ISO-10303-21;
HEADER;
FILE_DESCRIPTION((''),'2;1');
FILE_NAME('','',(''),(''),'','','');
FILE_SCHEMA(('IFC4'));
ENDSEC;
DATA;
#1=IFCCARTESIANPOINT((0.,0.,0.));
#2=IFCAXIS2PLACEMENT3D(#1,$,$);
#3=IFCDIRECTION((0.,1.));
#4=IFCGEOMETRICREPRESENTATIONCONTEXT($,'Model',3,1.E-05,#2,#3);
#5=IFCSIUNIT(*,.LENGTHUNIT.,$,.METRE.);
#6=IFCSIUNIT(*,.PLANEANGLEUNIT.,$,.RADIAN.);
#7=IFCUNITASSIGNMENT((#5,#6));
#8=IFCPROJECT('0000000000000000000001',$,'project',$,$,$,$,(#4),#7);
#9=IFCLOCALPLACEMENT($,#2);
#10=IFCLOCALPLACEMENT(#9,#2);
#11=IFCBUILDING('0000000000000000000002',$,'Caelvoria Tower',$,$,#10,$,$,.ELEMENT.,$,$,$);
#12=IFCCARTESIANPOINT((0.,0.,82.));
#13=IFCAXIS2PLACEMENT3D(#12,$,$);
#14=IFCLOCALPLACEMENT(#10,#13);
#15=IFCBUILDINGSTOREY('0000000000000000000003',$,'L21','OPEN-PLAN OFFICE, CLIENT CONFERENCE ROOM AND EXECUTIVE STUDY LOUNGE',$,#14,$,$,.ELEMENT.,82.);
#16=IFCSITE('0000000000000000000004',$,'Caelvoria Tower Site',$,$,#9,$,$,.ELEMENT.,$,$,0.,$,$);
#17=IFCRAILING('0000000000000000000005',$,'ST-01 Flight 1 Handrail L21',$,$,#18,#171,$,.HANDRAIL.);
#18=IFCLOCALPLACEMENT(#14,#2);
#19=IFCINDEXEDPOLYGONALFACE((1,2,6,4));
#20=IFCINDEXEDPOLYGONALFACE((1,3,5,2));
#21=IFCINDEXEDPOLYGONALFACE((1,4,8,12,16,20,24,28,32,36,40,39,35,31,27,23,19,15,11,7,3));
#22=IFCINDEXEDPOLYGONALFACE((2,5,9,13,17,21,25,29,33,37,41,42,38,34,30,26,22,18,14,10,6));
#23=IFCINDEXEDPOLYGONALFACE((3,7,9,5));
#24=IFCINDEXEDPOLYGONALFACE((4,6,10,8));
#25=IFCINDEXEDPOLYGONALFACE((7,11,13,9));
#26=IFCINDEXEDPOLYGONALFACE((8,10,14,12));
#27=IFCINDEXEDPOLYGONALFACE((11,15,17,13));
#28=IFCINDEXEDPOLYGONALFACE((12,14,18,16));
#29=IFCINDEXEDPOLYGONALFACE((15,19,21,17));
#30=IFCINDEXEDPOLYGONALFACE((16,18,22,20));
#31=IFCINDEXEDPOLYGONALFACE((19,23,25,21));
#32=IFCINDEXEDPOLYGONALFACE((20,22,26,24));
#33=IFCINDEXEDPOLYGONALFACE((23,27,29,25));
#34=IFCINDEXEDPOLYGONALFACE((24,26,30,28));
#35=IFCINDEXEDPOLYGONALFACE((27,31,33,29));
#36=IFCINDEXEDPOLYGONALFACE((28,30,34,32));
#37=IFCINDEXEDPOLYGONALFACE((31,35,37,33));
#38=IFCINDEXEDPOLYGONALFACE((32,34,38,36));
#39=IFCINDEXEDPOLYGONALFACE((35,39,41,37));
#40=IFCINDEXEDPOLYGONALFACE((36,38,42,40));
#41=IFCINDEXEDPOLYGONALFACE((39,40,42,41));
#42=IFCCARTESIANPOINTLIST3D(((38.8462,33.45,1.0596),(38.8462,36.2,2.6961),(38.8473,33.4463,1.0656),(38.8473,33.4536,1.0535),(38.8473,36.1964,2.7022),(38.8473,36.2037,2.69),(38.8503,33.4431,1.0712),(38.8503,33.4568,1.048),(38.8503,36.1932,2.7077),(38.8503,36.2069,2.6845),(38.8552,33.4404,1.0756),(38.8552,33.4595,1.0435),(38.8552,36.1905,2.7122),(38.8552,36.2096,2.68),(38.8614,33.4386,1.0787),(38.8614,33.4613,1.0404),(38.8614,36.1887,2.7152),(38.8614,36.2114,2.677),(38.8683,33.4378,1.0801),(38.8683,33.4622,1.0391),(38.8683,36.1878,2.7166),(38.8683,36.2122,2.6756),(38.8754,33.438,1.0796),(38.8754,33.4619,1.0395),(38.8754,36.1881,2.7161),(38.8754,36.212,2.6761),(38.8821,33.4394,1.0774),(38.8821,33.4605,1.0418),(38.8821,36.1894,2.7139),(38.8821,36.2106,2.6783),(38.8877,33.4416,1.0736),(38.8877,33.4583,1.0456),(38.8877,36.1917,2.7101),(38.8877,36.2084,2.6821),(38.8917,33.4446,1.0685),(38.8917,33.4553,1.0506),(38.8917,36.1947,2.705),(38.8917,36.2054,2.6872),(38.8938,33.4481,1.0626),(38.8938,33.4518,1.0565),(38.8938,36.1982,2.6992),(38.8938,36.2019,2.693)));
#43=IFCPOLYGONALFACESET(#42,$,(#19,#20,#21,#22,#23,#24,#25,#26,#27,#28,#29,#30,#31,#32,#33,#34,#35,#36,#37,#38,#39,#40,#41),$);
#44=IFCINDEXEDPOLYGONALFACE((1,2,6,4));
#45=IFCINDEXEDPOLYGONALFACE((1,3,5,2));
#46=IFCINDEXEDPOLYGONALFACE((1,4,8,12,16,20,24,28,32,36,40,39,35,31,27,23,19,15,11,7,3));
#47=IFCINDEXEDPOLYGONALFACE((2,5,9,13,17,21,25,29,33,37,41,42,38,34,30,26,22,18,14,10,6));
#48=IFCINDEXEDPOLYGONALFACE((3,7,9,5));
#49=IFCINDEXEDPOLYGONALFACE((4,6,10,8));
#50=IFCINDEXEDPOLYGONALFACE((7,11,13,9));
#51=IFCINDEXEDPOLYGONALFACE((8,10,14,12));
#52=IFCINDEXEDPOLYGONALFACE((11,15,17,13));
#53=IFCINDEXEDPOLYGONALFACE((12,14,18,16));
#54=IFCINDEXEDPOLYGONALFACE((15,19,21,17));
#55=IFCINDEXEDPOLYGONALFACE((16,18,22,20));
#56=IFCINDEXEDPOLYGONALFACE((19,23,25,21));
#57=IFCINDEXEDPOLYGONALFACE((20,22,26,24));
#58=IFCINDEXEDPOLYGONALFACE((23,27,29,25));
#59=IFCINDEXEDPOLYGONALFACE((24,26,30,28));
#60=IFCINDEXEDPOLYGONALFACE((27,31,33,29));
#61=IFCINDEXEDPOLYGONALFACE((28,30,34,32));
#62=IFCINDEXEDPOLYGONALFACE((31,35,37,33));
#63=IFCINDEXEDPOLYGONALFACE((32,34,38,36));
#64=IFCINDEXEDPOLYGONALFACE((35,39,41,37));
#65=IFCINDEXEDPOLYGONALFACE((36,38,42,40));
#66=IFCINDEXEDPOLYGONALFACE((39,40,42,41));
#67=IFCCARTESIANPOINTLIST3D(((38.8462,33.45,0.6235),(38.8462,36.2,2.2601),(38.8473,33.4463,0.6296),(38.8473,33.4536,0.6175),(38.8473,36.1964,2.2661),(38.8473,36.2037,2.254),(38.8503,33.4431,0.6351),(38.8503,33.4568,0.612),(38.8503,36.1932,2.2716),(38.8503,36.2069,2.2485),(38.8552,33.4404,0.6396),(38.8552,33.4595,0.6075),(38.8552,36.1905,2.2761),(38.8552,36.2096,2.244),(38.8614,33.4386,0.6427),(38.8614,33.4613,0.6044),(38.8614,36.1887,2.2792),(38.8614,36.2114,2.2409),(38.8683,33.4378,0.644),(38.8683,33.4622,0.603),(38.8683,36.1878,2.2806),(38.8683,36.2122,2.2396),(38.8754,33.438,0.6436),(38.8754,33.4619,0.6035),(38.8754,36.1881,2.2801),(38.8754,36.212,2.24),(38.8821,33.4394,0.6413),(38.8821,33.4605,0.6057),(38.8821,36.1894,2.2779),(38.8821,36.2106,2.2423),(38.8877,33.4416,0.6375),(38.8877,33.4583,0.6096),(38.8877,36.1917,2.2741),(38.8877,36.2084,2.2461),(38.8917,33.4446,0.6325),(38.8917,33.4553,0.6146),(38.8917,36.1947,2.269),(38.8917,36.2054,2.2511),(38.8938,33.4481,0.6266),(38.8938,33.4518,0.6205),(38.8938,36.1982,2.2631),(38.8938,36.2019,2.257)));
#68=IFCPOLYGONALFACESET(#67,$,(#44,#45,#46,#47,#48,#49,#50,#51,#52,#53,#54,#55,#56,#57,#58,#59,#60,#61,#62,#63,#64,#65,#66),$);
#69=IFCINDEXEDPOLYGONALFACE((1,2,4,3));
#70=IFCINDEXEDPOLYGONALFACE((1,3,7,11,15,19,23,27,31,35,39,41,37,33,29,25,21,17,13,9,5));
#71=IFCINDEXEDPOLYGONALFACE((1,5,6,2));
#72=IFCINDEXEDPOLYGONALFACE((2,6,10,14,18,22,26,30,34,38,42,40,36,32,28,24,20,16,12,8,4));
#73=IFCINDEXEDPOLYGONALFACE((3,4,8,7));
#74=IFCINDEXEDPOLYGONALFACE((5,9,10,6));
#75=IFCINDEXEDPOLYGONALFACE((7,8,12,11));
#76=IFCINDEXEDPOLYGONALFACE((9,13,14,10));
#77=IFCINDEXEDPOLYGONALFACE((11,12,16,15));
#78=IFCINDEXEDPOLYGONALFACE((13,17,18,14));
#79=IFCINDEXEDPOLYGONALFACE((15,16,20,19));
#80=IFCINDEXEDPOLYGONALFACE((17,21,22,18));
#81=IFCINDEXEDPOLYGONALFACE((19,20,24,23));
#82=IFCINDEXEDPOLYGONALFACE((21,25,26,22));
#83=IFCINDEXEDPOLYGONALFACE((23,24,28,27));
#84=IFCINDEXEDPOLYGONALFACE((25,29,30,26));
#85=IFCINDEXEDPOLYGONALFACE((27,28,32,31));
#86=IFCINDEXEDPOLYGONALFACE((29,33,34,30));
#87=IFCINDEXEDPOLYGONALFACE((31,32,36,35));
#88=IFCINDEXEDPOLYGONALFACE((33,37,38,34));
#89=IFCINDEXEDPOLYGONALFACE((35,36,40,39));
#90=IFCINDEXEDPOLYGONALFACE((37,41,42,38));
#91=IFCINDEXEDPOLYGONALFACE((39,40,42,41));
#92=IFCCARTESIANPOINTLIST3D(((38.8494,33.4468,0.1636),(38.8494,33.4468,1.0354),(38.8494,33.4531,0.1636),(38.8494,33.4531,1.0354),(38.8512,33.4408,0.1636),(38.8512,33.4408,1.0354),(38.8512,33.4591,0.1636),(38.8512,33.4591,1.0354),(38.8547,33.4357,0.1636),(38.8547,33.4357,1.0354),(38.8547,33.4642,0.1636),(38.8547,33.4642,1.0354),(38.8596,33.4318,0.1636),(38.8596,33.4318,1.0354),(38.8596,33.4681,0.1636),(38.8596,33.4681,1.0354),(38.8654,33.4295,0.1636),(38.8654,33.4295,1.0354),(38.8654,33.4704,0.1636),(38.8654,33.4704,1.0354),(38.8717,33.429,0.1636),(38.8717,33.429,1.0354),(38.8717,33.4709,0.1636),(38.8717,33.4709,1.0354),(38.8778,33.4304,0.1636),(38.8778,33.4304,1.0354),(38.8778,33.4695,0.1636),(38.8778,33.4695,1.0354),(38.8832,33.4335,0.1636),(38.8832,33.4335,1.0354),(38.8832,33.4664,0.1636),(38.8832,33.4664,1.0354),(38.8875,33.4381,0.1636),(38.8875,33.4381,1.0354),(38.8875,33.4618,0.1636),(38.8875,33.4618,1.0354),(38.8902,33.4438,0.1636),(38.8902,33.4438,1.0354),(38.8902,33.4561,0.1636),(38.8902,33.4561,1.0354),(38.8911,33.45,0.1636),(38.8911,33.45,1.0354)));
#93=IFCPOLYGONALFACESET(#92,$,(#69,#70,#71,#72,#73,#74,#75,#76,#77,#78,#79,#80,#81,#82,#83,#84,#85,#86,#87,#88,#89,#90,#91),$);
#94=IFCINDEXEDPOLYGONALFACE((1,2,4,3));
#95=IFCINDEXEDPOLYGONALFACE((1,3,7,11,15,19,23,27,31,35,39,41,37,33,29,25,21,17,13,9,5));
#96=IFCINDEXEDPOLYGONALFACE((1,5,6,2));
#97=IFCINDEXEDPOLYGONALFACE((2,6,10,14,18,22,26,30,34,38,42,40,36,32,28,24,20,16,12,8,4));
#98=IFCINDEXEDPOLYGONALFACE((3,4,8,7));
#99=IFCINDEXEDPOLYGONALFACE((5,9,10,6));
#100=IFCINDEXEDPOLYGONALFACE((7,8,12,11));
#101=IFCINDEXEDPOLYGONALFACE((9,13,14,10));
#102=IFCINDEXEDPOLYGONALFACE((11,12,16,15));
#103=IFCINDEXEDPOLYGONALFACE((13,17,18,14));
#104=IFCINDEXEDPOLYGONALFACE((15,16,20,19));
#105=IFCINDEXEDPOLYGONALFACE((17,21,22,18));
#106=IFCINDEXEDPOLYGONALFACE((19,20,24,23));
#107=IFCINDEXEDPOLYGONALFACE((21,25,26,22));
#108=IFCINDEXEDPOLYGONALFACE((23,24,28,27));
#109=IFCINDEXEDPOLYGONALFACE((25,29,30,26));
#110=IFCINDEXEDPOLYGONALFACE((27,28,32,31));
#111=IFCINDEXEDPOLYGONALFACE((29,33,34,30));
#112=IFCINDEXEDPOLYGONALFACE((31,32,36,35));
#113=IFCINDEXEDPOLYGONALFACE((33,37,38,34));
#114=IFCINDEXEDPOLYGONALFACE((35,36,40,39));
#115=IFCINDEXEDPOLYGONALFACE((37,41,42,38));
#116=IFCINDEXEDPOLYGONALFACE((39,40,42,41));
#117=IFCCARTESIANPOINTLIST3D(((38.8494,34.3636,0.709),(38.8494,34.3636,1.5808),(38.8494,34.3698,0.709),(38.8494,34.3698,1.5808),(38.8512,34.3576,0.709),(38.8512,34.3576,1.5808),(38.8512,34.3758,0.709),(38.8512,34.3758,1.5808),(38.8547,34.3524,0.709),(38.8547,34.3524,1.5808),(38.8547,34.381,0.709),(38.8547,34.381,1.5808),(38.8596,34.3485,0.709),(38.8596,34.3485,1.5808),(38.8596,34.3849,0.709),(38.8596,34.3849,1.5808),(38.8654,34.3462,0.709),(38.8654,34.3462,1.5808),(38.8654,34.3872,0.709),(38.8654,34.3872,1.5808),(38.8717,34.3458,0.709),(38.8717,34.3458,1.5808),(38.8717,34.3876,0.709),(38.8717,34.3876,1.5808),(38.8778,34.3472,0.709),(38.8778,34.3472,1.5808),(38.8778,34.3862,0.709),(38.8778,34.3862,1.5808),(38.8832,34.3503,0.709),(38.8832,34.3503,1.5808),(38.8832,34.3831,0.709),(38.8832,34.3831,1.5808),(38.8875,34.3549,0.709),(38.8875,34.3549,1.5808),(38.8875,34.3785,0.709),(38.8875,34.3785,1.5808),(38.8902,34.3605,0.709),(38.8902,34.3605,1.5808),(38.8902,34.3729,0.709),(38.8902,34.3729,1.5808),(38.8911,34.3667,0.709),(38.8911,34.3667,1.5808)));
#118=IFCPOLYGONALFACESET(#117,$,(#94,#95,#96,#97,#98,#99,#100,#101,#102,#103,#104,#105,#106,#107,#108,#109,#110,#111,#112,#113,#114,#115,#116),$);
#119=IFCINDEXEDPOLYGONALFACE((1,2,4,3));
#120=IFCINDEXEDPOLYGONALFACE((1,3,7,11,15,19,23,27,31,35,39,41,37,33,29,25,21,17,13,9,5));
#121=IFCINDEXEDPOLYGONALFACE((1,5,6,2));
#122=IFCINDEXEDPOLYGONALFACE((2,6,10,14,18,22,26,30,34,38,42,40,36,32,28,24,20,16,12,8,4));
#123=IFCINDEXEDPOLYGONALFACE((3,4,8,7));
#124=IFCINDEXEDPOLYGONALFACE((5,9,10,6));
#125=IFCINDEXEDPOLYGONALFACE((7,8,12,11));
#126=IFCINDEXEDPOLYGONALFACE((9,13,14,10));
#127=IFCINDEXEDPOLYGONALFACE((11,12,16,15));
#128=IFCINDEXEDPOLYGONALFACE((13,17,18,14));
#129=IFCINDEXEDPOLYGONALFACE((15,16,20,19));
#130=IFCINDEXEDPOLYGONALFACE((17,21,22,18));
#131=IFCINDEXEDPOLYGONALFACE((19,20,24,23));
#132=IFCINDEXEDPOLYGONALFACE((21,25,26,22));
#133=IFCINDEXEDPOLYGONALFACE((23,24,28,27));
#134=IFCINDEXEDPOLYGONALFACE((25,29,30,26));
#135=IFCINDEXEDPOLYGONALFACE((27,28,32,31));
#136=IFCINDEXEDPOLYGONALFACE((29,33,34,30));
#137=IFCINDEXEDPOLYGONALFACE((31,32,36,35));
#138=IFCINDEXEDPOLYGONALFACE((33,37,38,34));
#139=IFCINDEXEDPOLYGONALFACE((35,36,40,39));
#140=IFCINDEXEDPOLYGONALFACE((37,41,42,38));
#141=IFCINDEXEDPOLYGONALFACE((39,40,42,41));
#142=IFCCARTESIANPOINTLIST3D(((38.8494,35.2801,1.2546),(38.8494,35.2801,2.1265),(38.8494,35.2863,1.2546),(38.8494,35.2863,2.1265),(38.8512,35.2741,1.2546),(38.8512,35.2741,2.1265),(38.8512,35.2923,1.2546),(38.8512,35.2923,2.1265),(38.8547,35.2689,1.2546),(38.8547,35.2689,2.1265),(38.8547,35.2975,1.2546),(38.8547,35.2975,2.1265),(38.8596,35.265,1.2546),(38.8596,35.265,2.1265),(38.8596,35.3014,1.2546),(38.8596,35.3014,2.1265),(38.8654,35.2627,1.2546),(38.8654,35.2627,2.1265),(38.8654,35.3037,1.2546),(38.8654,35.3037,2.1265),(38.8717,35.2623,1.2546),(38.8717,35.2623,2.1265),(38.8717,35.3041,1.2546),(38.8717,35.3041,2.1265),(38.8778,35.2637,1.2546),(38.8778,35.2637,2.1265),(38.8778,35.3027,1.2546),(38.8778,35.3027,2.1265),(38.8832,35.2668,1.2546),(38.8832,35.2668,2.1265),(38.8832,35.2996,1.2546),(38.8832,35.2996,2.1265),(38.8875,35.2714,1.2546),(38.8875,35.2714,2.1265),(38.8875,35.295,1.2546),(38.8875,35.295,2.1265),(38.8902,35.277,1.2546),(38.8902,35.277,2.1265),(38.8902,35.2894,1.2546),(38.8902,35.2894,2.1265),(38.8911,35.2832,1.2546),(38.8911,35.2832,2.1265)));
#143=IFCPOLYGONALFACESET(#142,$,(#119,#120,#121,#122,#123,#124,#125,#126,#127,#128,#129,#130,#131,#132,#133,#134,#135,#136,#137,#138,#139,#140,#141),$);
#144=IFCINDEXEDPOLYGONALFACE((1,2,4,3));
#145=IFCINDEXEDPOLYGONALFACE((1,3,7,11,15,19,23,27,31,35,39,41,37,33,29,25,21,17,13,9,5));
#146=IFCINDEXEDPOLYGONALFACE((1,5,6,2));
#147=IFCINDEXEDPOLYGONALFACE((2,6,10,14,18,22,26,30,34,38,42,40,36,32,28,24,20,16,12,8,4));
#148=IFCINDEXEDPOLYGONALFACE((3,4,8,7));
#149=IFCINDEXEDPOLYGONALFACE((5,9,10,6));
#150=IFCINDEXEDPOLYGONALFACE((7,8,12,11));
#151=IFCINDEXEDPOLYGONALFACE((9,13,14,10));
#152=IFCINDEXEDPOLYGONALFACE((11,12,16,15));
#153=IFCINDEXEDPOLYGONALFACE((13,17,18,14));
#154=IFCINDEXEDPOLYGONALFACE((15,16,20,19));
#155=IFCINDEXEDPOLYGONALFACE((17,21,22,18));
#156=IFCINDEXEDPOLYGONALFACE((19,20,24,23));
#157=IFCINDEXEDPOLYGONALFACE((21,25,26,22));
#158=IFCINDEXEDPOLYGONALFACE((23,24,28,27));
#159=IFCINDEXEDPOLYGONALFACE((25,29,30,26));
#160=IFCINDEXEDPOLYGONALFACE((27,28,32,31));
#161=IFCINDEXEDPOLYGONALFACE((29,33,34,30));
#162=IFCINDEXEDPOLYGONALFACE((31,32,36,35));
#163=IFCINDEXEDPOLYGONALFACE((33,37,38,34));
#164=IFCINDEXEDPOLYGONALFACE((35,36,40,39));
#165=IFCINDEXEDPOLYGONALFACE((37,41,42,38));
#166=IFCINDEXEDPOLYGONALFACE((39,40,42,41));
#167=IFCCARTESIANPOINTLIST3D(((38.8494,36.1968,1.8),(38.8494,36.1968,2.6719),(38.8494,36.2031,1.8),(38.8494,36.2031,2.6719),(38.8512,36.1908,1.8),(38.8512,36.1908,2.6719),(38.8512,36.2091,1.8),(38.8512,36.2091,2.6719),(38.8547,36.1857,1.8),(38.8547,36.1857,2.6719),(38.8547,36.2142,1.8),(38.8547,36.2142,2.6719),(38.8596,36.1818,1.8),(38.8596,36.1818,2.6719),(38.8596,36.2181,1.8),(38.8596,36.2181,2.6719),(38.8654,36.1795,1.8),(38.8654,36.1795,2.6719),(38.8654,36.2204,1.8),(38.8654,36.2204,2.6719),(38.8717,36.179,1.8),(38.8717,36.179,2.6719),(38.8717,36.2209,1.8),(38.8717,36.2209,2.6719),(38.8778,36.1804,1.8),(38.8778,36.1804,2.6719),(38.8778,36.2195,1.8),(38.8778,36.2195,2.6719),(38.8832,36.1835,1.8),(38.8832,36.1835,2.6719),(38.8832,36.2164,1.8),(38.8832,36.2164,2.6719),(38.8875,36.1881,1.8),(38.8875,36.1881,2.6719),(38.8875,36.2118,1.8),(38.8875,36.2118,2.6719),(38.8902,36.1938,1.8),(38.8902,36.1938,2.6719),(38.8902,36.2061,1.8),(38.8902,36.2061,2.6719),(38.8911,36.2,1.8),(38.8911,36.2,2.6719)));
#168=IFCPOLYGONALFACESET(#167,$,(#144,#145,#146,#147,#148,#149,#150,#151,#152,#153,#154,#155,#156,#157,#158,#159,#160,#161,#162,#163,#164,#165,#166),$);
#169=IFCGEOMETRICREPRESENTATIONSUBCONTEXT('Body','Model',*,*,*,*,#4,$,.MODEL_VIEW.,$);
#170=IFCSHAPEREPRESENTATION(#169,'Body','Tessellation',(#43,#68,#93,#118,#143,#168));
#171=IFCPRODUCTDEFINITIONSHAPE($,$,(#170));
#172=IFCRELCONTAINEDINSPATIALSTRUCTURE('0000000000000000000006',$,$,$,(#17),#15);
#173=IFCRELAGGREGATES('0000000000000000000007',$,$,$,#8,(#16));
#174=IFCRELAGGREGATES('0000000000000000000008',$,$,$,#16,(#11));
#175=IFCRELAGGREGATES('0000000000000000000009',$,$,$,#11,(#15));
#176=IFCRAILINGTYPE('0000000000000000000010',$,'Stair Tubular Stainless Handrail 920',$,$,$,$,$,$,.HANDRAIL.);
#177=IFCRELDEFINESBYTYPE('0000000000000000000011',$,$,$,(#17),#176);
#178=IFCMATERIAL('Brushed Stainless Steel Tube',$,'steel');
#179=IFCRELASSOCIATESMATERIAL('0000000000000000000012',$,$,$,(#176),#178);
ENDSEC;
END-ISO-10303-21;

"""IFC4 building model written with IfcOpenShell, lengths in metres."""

from ifc_helpers import new_model, si_unit, direction, frame, origin, origin_2d, place, context, subcontext, project, spatial, circle, extrude, material, type_object, element, save


model = new_model("IFC4")

# Units and contexts
model_context = context("Model", 3, precision=1e-05, world=origin(), true_north=direction((0.0, 1.0)))
body_context = subcontext(model_context, "Body", "Model", "MODEL_VIEW")
ifc_project = project(units=[si_unit("LENGTHUNIT", "METRE"), si_unit("PLANEANGLEUNIT", "RADIAN")], contexts=[model_context])

# Site, building, storey
site_placement = place(None, origin())
site = spatial("IfcSite", under=ifc_project, at=site_placement, Name="Caelvoria Tower Site", CompositionType="ELEMENT", RefElevation=0.0)
building_placement = place(site_placement, origin())
building = spatial("IfcBuilding", under=site, at=building_placement, Name="Caelvoria Tower", CompositionType="ELEMENT")
storey_placement = place(building_placement, frame((0.0, 0.0, 82.0)))
storey = spatial("IfcBuildingStorey", under=building, at=storey_placement, Name="L21", Description="OPEN-PLAN OFFICE, CLIENT CONFERENCE ROOM AND EXECUTIVE STUDY LOUNGE", CompositionType="ELEMENT", Elevation=82.0)

# Railing
ifc_material_1 = material(Name="Brushed Stainless Steel Tube", Category="steel")
railing_type_1 = type_object("IfcRailingType", Name="Stair Tubular Stainless Handrail 920", PredefinedType="HANDRAIL", material=ifc_material_1)
railing_1_placement = place(storey_placement, frame((38.8701, 33.45, 0.1636)))
element("IfcRailing", 1, at=railing_1_placement, inside=storey, type_object=railing_type_1, Name="ST-01 Flight 1 Handrail L21", PredefinedType="HANDRAIL", context=body_context, shape_type="SweptSolid", body=[
    extrude(circle(Radius=0.0239, at=origin_2d()), frame((0.0, 0.0, 0.896), z_axis=(0.0, 0.859352, 0.511385), x_axis=(-1.0, 0.0, 0.0)), (0.0, 0.0, 1.0), 3.2002),
    extrude(circle(Radius=0.0239, at=origin_2d()), frame((0.0, 0.0, 0.46), z_axis=(0.0, 0.859352, 0.511385), x_axis=(-1.0, 0.0, 0.0)), (0.0, 0.0, 1.0), 3.2002),
    extrude(circle(Radius=0.021, at=origin_2d()), origin(), (0.0, 0.0, 1.0), 0.8718),
    extrude(circle(Radius=0.021, at=origin_2d()), frame((0.0, 0.9167, 0.5454)), (0.0, 0.0, 1.0), 0.8718),
    extrude(circle(Radius=0.021, at=origin_2d()), frame((0.0, 1.8333, 1.0911)), (0.0, 0.0, 1.0), 0.8718),
    extrude(circle(Radius=0.021, at=origin_2d()), frame((0.0, 2.75, 1.6365)), (0.0, 0.0, 1.0), 0.8718),
])

save(model, "model.ifc")
